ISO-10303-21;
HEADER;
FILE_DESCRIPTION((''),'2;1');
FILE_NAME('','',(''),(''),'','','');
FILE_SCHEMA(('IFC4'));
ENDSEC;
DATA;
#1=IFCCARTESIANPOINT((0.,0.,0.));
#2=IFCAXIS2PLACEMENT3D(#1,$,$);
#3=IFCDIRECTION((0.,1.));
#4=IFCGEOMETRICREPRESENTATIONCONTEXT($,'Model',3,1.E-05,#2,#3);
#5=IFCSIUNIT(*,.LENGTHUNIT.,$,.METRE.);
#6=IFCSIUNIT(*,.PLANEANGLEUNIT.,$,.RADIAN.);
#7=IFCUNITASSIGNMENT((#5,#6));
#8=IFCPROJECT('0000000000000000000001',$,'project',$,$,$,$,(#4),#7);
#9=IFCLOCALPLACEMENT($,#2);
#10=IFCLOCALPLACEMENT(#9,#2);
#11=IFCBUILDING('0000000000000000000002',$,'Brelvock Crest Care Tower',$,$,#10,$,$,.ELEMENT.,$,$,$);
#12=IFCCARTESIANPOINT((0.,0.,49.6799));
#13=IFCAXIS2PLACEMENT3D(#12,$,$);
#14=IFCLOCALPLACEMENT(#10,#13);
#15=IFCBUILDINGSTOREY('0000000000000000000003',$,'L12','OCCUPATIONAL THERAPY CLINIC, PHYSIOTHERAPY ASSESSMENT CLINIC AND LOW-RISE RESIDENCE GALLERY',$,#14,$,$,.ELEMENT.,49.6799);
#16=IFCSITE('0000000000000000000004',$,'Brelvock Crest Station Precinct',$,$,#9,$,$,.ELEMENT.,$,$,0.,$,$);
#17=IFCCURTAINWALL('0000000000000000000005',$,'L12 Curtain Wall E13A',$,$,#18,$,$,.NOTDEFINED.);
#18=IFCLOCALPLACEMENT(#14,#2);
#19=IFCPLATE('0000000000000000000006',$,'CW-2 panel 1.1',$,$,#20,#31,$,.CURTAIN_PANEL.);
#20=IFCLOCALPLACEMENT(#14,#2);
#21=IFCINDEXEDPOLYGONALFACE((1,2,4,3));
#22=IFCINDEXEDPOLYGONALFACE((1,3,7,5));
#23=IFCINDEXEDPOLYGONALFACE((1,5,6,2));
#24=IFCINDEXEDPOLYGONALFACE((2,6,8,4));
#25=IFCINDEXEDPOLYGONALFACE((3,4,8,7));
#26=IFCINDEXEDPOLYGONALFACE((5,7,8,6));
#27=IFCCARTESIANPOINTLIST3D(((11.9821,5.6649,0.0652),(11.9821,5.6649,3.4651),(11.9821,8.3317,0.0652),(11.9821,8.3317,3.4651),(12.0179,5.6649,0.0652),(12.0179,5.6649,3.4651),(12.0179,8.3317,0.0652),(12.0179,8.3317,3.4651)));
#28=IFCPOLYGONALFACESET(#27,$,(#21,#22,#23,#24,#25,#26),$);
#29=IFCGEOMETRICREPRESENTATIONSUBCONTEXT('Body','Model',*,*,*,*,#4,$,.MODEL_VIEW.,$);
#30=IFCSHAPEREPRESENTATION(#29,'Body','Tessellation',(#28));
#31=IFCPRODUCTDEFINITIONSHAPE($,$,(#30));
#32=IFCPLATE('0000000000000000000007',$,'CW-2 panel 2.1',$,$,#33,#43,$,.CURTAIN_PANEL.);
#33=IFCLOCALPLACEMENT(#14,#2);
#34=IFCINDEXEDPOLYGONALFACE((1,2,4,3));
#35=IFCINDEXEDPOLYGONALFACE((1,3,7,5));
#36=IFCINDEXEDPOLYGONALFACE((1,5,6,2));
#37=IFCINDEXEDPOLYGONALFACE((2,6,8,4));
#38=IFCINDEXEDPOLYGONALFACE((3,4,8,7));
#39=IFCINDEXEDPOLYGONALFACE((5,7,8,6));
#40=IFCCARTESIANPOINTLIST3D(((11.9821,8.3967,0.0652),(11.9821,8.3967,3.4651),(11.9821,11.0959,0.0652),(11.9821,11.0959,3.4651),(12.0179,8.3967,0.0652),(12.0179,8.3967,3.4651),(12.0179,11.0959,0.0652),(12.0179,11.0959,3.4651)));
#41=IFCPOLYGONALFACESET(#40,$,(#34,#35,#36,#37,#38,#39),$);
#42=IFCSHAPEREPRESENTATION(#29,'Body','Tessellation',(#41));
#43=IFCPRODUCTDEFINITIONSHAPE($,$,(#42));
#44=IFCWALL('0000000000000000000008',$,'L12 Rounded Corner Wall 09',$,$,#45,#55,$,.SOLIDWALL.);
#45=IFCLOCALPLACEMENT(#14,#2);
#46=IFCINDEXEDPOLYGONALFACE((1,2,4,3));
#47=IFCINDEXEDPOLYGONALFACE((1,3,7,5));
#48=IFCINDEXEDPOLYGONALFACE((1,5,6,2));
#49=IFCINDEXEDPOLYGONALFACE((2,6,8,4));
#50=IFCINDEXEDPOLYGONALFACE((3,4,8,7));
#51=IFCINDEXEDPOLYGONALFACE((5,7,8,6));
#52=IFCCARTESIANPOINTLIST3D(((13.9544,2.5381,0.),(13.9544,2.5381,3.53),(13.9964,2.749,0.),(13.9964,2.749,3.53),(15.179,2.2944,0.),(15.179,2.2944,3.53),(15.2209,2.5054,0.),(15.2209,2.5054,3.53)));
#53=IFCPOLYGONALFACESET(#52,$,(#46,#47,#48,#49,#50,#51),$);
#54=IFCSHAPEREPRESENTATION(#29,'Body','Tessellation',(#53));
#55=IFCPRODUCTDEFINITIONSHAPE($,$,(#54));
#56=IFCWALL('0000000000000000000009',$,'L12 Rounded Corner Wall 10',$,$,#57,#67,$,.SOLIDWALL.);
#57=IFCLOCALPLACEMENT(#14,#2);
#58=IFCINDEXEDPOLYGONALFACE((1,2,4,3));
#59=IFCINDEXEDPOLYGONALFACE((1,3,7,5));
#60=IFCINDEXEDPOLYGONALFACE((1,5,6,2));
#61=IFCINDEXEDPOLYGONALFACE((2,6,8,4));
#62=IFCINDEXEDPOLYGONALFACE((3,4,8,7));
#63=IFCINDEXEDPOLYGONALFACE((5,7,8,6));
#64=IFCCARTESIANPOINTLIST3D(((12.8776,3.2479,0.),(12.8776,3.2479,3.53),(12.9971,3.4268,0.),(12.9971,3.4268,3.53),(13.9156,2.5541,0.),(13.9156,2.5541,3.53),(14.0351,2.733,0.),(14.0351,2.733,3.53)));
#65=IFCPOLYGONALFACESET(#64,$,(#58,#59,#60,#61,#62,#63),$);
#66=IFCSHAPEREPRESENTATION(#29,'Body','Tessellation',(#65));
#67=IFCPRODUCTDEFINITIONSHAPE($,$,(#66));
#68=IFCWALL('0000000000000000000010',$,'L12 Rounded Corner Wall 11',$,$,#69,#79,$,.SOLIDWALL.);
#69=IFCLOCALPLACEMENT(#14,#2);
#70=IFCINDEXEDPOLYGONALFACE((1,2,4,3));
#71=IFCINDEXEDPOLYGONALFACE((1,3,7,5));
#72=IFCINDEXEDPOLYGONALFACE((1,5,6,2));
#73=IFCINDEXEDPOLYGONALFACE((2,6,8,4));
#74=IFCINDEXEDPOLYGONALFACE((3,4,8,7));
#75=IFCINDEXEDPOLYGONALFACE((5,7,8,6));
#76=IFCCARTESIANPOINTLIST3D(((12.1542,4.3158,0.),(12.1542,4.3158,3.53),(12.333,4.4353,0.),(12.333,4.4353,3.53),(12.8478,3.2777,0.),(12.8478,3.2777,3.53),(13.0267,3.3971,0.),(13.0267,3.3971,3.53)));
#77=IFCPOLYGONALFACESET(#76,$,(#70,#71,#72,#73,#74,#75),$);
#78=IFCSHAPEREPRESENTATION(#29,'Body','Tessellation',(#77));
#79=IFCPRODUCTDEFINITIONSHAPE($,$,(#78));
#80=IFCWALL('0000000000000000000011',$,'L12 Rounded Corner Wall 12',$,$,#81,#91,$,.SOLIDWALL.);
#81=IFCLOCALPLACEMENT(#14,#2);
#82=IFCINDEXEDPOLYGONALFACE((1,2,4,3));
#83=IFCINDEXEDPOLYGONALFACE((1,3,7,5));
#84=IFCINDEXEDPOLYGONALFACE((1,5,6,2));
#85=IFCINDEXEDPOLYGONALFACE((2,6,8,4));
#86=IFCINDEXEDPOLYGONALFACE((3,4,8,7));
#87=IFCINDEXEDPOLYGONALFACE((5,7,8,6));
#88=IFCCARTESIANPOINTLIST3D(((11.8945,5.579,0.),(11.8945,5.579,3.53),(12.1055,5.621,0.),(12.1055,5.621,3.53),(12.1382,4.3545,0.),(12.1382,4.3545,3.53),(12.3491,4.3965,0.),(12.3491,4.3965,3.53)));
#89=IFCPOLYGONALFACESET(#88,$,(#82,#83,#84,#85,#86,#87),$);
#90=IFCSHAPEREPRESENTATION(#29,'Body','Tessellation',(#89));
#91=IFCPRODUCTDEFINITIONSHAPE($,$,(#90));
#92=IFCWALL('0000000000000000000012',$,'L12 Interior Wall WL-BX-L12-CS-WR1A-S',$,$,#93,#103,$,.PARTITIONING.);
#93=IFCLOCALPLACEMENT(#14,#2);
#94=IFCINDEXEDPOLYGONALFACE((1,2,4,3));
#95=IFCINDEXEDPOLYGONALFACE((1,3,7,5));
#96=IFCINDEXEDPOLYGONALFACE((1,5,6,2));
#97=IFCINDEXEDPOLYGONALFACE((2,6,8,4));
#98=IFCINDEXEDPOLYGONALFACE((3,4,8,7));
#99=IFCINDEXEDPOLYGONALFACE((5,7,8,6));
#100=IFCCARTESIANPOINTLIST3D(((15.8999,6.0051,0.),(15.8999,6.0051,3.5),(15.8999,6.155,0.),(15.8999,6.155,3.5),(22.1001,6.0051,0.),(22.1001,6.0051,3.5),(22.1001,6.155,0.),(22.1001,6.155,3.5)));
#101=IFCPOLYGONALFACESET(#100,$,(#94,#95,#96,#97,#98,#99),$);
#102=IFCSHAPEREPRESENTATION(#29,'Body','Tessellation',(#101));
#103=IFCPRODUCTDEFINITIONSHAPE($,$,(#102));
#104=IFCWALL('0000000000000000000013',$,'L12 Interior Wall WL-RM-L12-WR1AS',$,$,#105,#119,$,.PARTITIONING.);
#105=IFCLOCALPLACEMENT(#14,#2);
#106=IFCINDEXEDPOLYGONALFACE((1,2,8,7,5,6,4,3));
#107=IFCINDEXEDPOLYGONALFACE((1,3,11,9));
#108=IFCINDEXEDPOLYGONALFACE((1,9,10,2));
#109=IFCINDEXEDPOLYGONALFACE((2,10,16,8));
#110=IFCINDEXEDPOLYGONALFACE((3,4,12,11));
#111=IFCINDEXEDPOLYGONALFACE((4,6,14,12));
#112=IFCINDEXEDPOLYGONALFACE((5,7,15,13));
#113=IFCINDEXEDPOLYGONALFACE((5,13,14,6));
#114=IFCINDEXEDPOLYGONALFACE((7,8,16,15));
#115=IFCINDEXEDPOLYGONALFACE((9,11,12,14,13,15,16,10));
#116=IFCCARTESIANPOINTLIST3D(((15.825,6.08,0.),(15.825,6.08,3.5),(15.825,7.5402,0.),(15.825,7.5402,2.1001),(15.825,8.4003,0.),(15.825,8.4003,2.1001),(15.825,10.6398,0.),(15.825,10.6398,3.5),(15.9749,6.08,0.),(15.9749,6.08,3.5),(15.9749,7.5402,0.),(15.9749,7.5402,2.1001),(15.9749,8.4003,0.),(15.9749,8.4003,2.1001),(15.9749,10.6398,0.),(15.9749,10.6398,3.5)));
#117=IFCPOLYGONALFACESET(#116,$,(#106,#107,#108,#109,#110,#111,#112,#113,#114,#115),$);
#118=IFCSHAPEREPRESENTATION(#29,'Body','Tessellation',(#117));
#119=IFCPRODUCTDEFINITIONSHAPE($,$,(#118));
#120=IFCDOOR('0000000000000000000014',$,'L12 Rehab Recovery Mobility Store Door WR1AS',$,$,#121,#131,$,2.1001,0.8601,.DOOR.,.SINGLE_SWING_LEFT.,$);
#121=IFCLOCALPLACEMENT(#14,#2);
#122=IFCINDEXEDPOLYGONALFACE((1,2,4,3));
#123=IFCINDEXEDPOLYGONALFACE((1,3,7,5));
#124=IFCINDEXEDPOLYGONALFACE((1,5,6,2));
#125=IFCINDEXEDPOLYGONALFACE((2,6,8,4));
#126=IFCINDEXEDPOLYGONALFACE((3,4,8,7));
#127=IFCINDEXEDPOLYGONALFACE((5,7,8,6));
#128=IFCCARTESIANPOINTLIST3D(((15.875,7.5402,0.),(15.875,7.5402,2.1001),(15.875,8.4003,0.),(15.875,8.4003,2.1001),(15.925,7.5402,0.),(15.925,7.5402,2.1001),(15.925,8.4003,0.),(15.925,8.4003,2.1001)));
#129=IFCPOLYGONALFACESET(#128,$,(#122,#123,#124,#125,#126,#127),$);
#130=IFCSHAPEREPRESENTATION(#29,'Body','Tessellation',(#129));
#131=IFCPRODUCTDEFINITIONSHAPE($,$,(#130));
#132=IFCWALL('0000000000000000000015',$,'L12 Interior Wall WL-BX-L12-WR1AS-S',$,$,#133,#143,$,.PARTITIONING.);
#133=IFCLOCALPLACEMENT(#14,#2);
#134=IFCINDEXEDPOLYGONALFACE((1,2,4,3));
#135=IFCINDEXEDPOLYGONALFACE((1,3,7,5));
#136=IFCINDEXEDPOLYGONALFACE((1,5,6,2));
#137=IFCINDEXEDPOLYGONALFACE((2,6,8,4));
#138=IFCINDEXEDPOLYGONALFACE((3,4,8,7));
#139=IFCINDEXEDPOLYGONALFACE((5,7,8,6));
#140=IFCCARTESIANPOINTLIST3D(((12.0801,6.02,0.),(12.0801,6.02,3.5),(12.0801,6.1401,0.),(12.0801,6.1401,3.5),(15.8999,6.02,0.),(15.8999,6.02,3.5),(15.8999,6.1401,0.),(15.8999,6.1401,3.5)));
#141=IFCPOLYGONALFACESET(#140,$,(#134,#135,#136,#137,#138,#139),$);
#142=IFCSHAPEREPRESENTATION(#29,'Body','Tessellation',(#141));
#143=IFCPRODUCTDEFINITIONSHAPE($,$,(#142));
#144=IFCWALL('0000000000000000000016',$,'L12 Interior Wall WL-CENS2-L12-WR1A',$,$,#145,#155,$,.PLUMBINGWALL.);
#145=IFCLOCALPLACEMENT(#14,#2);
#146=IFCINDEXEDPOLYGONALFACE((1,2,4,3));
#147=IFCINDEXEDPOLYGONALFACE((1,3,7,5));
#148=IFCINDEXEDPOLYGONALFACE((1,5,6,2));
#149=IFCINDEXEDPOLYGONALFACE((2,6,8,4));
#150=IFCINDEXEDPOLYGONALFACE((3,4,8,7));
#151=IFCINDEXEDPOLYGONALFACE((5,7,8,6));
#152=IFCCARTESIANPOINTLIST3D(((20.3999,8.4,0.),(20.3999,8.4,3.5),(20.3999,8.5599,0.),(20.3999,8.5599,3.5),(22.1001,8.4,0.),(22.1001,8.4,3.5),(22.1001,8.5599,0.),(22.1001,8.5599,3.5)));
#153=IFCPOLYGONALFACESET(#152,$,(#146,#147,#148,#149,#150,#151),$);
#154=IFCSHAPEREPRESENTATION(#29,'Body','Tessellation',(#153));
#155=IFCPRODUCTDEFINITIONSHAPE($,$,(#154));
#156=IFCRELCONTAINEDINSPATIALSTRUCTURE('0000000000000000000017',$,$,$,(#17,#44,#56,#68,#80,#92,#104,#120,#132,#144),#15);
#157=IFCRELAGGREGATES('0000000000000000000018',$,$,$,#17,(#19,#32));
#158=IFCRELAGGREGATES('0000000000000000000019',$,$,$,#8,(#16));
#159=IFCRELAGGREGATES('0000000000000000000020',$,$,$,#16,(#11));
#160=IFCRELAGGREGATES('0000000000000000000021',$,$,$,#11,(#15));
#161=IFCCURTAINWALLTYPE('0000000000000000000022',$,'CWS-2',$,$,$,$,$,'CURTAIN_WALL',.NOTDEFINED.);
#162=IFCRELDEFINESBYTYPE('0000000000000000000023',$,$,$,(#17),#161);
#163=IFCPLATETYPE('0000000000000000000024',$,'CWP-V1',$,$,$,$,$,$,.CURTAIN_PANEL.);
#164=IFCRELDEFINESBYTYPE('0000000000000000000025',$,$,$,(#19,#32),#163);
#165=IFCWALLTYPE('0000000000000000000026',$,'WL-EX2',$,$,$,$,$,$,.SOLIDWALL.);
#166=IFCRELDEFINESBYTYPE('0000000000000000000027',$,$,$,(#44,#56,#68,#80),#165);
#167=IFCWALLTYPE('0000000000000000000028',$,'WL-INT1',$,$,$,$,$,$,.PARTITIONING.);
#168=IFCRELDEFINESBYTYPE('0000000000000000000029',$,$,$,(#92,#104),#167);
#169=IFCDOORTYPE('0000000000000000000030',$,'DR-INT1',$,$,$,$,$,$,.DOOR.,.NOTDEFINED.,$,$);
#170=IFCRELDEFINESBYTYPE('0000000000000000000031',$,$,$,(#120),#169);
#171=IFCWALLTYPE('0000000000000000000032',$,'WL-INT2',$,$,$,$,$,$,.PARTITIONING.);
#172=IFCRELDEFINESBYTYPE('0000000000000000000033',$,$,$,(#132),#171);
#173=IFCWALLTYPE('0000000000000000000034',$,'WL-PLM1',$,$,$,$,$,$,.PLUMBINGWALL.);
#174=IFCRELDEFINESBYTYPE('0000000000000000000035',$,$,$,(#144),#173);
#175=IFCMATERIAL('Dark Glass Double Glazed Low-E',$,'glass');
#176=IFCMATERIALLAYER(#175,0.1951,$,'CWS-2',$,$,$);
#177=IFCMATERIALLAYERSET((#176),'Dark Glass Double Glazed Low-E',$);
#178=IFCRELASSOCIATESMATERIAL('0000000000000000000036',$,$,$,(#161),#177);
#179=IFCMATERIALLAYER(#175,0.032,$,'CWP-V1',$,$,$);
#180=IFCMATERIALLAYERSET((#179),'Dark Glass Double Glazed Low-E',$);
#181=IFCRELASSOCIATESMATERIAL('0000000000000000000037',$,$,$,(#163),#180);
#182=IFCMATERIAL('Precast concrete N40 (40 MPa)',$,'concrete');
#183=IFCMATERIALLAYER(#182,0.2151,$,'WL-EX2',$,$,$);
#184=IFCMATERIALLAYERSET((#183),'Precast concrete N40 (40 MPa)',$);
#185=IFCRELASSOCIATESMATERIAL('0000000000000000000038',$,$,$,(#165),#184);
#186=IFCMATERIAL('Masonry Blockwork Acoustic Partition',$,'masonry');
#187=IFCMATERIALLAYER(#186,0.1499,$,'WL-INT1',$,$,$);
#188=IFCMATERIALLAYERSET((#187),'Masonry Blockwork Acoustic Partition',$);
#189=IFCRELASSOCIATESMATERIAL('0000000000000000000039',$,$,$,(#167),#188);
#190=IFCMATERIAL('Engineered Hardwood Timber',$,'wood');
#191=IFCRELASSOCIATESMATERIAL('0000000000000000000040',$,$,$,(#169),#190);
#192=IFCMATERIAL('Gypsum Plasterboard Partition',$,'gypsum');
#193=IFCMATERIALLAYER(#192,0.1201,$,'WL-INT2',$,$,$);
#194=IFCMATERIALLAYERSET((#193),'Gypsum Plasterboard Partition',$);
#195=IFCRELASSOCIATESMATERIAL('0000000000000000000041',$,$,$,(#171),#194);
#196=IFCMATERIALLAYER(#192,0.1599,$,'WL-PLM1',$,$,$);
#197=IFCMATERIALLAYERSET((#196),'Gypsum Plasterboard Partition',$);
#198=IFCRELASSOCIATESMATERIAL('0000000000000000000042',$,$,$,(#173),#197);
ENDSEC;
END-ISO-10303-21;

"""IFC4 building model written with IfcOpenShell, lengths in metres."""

from ifc_helpers import new_model, si_unit, direction, frame, frame_2d, origin, origin_2d, place, context, subcontext, project, spatial, rectangle, extrude, source, transform, mapped, material, layer, layer_set, type_object, element, fill, aggregate, save


model = new_model("IFC4")

# Units and contexts
model_context = context("Model", 3, precision=1e-05, world=origin(), true_north=direction((0.0, 1.0)))
body_context = subcontext(model_context, "Body", "Model", "MODEL_VIEW")
ifc_project = project(units=[si_unit("LENGTHUNIT", "METRE"), si_unit("PLANEANGLEUNIT", "RADIAN")], contexts=[model_context])

# Site, building, storey
site_placement = place(None, origin())
site = spatial("IfcSite", under=ifc_project, at=site_placement, Name="Brelvock Crest Station Precinct", CompositionType="ELEMENT", RefElevation=0.0)
building_placement = place(site_placement, origin())
building = spatial("IfcBuilding", under=site, at=building_placement, Name="Brelvock Crest Care Tower", CompositionType="ELEMENT")
storey_placement = place(building_placement, frame((0.0, 0.0, 49.6799)))
storey = spatial("IfcBuildingStorey", under=building, at=storey_placement, Name="L12", Description="OCCUPATIONAL THERAPY CLINIC, PHYSIOTHERAPY ASSESSMENT CLINIC AND LOW-RISE RESIDENCE GALLERY", CompositionType="ELEMENT", Elevation=49.6799)

# Curtain wall
ifc_material_1 = material(Name="Dark Glass Double Glazed Low-E", Category="glass")
ifc_layer_1 = layer(ifc_material_1, 0.1951, Name="CWS-2")
ifc_layer_set_1 = layer_set([ifc_layer_1], Name="Dark Glass Double Glazed Low-E")
curtain_wall_type = type_object("IfcCurtainWallType", Name="CWS-2", ElementType="CURTAIN_WALL", PredefinedType="NOTDEFINED", material=ifc_layer_set_1)
curtain_wall_1_placement = place(storey_placement, origin())
curtain_wall_1 = element("IfcCurtainWall", 1, at=curtain_wall_1_placement, inside=storey, type_object=curtain_wall_type, Name="L12 Curtain Wall E13A", PredefinedType="NOTDEFINED")

# Plates
ifc_layer_2 = layer(ifc_material_1, 0.032, Name="CWP-V1")
ifc_layer_set_2 = layer_set([ifc_layer_2], Name="Dark Glass Double Glazed Low-E")
plate_type = type_object("IfcPlateType", Name="CWP-V1", PredefinedType="CURTAIN_PANEL", material=ifc_layer_set_2)
shared_shape_1 = source(origin(), body_context, "Body", "SweptSolid", [
    extrude(rectangle(XDim=2.6667, YDim=0.0359, at=origin_2d()), origin(), (0.0, 0.0, 1.0), 3.3999),
])
plate_1_placement = place(storey_placement, frame((12.0, 6.9983, 0.0652), z_axis=(0.0, 0.0, 1.0), x_axis=(0.0, 1.0, 0.0)))
plate_1 = element("IfcPlate", 2, at=plate_1_placement, type_object=plate_type, Name="CW-2 panel 1.1", PredefinedType="CURTAIN_PANEL", context=body_context, shape_type="MappedRepresentation", body=[
    mapped(shared_shape_1, transform((0.0, 0.0, 0.0), x_axis=(1.0, 0.0, 0.0), y_axis=(0.0, 1.0, 0.0), z_axis=(0.0, 0.0, 1.0), scale=1.0)),
])
shared_shape_2 = source(origin(), body_context, "Body", "SweptSolid", [
    extrude(rectangle(XDim=2.6992, YDim=0.0359, at=origin_2d()), origin(), (0.0, 0.0, 1.0), 3.3999),
])
plate_2_placement = place(storey_placement, frame((12.0, 9.7463, 0.0652), z_axis=(0.0, 0.0, 1.0), x_axis=(0.0, 1.0, 0.0)))
plate_2 = element("IfcPlate", 3, at=plate_2_placement, type_object=plate_type, Name="CW-2 panel 2.1", PredefinedType="CURTAIN_PANEL", context=body_context, shape_type="MappedRepresentation", body=[
    mapped(shared_shape_2, transform((0.0, 0.0, 0.0), x_axis=(1.0, 0.0, 0.0), y_axis=(0.0, 1.0, 0.0), z_axis=(0.0, 0.0, 1.0), scale=1.0)),
])
aggregate(curtain_wall_1, [plate_1, plate_2])

# Walls
ifc_material_2 = material(Name="Precast concrete N40 (40 MPa)", Category="concrete")
ifc_layer_3 = layer(ifc_material_2, 0.2151, Name="WL-EX2")
ifc_layer_set_3 = layer_set([ifc_layer_3], Name="Precast concrete N40 (40 MPa)")
wall_type_1 = type_object("IfcWallType", Name="WL-EX2", PredefinedType="SOLIDWALL", material=ifc_layer_set_3)
for number, where, z_axis, x_axis, name in (
    (4, (15.2, 2.3999, 0.0), (0.0, 0.0, 1.0), (-0.980776, 0.195138, 0.0), "L12 Rounded Corner Wall 09"),
    (5, (13.9753, 2.6436, 0.0), (0.0, 0.0, 1.0), (-0.831388, 0.555692, 0.0), "L12 Rounded Corner Wall 10"),
    (6, (12.9373, 3.3374, 0.0), (0.0, 0.0, 1.0), (-0.555557, 0.831478, 0.0), "L12 Rounded Corner Wall 11"),
    (7, (12.2437, 4.3755, 0.0), (0.0, 0.0, 1.0), (-0.195138, 0.980776, 0.0), "L12 Rounded Corner Wall 12"),
):
    element("IfcWall", number, at=place(storey_placement, frame(where, z_axis=z_axis, x_axis=x_axis)), inside=storey, type_object=wall_type_1, Name=name, PredefinedType="SOLIDWALL", context=body_context, shape_type="SweptSolid", body=[
        extrude(rectangle(XDim=1.2485, YDim=0.2151, at=frame_2d((0.6243, 0.0))), origin(), (0.0, 0.0, 1.0), 3.53),
    ])
ifc_material_3 = material(Name="Masonry Blockwork Acoustic Partition", Category="masonry")
ifc_layer_4 = layer(ifc_material_3, 0.1499, Name="WL-INT1")
ifc_layer_set_4 = layer_set([ifc_layer_4], Name="Masonry Blockwork Acoustic Partition")
wall_type_2 = type_object("IfcWallType", Name="WL-INT1", PredefinedType="PARTITIONING", material=ifc_layer_set_4)
wall_1_placement = place(storey_placement, frame((15.8999, 6.0801, 0.0), z_axis=(0.0, 0.0, 1.0), x_axis=(1.0, 0.0, 0.0)))
element("IfcWall", 8, at=wall_1_placement, inside=storey, type_object=wall_type_2, Name="L12 Interior Wall WL-BX-L12-CS-WR1A-S", PredefinedType="PARTITIONING", context=body_context, shape_type="SweptSolid", body=[
    extrude(rectangle(XDim=6.2002, YDim=0.1499, at=frame_2d((3.1001, 0.0))), origin(), (0.0, 0.0, 1.0), 3.5),
])

# Wall, opening, door
wall_2_placement = place(storey_placement, frame((15.8999, 6.0801, 0.0), z_axis=(0.0, 0.0, 1.0), x_axis=(0.0, 1.0, 0.0)))
wall_2 = element("IfcWall", 9, at=wall_2_placement, inside=storey, type_object=wall_type_2, Name="L12 Interior Wall WL-RM-L12-WR1AS", PredefinedType="PARTITIONING", context=body_context, shape_type="SweptSolid", body=[
    extrude(rectangle(XDim=4.5598, YDim=0.1499, at=frame_2d((2.2798, 0.0))), origin(), (0.0, 0.0, 1.0), 3.5),
])
opening_1_placement = place(wall_2_placement, frame((1.46, 0.0, 0.0)))
opening_1 = element("IfcOpeningElement", 10, at=opening_1_placement, cuts=wall_2, PredefinedType="OPENING", context=body_context, shape_type="SweptSolid", body=[
    extrude(rectangle(XDim=0.8601, YDim=2.1001, at=origin_2d()), frame((0.4302, 0.085, 1.05), z_axis=(0.0, -1.0, 0.0), x_axis=(1.0, 0.0, 0.0)), (0.0, 0.0, 1.0), 0.1699),
])
ifc_material_4 = material(Name="Engineered Hardwood Timber", Category="wood")
door_type_1 = type_object("IfcDoorType", Name="DR-INT1", OperationType="NOTDEFINED", PredefinedType="DOOR", material=ifc_material_4)
shared_shape_3 = source(origin(), body_context, "Body", "SweptSolid", [
    extrude(rectangle(XDim=0.8601, YDim=2.1001, at=origin_2d()), frame((0.4302, 0.0249, 1.05), z_axis=(0.0, -1.0, 0.0), x_axis=(1.0, 0.0, 0.0)), (0.0, 0.0, 1.0), 0.05),
])
door_1_placement = place(opening_1_placement, origin())
door_1 = element("IfcDoor", 11, at=door_1_placement, inside=storey, type_object=door_type_1, Name="L12 Rehab Recovery Mobility Store Door WR1AS", OperationType="SINGLE_SWING_LEFT", OverallHeight=2.1001, OverallWidth=0.8601, PredefinedType="DOOR", context=body_context, shape_type="MappedRepresentation", body=[
    mapped(shared_shape_3, transform((0.0, 0.0, 0.0), x_axis=(1.0, 0.0, 0.0), y_axis=(0.0, 1.0, 0.0), z_axis=(0.0, 0.0, 1.0), scale=1.0)),
])
fill(opening_1, door_1)

# Walls
ifc_material_5 = material(Name="Gypsum Plasterboard Partition", Category="gypsum")
ifc_layer_5 = layer(ifc_material_5, 0.1201, Name="WL-INT2")
ifc_layer_set_5 = layer_set([ifc_layer_5], Name="Gypsum Plasterboard Partition")
wall_type_3 = type_object("IfcWallType", Name="WL-INT2", PredefinedType="PARTITIONING", material=ifc_layer_set_5)
wall_3_placement = place(storey_placement, frame((12.0801, 6.0801, 0.0), z_axis=(0.0, 0.0, 1.0), x_axis=(1.0, 0.0, 0.0)))
element("IfcWall", 12, at=wall_3_placement, inside=storey, type_object=wall_type_3, Name="L12 Interior Wall WL-BX-L12-WR1AS-S", PredefinedType="PARTITIONING", context=body_context, shape_type="SweptSolid", body=[
    extrude(rectangle(XDim=3.8198, YDim=0.1201, at=frame_2d((1.9099, 0.0))), origin(), (0.0, 0.0, 1.0), 3.5),
])
ifc_layer_6 = layer(ifc_material_5, 0.1599, Name="WL-PLM1")
ifc_layer_set_6 = layer_set([ifc_layer_6], Name="Gypsum Plasterboard Partition")
wall_type_4 = type_object("IfcWallType", Name="WL-PLM1", PredefinedType="PLUMBINGWALL", material=ifc_layer_set_6)
wall_4_placement = place(storey_placement, frame((20.3999, 8.48, 0.0), z_axis=(0.0, 0.0, 1.0), x_axis=(1.0, 0.0, 0.0)))
element("IfcWall", 13, at=wall_4_placement, inside=storey, type_object=wall_type_4, Name="L12 Interior Wall WL-CENS2-L12-WR1A", PredefinedType="PLUMBINGWALL", context=body_context, shape_type="SweptSolid", body=[
    extrude(rectangle(XDim=1.7002, YDim=0.1599, at=frame_2d((0.8501, 0.0))), origin(), (0.0, 0.0, 1.0), 3.5),
])

save(model, "model.ifc")
